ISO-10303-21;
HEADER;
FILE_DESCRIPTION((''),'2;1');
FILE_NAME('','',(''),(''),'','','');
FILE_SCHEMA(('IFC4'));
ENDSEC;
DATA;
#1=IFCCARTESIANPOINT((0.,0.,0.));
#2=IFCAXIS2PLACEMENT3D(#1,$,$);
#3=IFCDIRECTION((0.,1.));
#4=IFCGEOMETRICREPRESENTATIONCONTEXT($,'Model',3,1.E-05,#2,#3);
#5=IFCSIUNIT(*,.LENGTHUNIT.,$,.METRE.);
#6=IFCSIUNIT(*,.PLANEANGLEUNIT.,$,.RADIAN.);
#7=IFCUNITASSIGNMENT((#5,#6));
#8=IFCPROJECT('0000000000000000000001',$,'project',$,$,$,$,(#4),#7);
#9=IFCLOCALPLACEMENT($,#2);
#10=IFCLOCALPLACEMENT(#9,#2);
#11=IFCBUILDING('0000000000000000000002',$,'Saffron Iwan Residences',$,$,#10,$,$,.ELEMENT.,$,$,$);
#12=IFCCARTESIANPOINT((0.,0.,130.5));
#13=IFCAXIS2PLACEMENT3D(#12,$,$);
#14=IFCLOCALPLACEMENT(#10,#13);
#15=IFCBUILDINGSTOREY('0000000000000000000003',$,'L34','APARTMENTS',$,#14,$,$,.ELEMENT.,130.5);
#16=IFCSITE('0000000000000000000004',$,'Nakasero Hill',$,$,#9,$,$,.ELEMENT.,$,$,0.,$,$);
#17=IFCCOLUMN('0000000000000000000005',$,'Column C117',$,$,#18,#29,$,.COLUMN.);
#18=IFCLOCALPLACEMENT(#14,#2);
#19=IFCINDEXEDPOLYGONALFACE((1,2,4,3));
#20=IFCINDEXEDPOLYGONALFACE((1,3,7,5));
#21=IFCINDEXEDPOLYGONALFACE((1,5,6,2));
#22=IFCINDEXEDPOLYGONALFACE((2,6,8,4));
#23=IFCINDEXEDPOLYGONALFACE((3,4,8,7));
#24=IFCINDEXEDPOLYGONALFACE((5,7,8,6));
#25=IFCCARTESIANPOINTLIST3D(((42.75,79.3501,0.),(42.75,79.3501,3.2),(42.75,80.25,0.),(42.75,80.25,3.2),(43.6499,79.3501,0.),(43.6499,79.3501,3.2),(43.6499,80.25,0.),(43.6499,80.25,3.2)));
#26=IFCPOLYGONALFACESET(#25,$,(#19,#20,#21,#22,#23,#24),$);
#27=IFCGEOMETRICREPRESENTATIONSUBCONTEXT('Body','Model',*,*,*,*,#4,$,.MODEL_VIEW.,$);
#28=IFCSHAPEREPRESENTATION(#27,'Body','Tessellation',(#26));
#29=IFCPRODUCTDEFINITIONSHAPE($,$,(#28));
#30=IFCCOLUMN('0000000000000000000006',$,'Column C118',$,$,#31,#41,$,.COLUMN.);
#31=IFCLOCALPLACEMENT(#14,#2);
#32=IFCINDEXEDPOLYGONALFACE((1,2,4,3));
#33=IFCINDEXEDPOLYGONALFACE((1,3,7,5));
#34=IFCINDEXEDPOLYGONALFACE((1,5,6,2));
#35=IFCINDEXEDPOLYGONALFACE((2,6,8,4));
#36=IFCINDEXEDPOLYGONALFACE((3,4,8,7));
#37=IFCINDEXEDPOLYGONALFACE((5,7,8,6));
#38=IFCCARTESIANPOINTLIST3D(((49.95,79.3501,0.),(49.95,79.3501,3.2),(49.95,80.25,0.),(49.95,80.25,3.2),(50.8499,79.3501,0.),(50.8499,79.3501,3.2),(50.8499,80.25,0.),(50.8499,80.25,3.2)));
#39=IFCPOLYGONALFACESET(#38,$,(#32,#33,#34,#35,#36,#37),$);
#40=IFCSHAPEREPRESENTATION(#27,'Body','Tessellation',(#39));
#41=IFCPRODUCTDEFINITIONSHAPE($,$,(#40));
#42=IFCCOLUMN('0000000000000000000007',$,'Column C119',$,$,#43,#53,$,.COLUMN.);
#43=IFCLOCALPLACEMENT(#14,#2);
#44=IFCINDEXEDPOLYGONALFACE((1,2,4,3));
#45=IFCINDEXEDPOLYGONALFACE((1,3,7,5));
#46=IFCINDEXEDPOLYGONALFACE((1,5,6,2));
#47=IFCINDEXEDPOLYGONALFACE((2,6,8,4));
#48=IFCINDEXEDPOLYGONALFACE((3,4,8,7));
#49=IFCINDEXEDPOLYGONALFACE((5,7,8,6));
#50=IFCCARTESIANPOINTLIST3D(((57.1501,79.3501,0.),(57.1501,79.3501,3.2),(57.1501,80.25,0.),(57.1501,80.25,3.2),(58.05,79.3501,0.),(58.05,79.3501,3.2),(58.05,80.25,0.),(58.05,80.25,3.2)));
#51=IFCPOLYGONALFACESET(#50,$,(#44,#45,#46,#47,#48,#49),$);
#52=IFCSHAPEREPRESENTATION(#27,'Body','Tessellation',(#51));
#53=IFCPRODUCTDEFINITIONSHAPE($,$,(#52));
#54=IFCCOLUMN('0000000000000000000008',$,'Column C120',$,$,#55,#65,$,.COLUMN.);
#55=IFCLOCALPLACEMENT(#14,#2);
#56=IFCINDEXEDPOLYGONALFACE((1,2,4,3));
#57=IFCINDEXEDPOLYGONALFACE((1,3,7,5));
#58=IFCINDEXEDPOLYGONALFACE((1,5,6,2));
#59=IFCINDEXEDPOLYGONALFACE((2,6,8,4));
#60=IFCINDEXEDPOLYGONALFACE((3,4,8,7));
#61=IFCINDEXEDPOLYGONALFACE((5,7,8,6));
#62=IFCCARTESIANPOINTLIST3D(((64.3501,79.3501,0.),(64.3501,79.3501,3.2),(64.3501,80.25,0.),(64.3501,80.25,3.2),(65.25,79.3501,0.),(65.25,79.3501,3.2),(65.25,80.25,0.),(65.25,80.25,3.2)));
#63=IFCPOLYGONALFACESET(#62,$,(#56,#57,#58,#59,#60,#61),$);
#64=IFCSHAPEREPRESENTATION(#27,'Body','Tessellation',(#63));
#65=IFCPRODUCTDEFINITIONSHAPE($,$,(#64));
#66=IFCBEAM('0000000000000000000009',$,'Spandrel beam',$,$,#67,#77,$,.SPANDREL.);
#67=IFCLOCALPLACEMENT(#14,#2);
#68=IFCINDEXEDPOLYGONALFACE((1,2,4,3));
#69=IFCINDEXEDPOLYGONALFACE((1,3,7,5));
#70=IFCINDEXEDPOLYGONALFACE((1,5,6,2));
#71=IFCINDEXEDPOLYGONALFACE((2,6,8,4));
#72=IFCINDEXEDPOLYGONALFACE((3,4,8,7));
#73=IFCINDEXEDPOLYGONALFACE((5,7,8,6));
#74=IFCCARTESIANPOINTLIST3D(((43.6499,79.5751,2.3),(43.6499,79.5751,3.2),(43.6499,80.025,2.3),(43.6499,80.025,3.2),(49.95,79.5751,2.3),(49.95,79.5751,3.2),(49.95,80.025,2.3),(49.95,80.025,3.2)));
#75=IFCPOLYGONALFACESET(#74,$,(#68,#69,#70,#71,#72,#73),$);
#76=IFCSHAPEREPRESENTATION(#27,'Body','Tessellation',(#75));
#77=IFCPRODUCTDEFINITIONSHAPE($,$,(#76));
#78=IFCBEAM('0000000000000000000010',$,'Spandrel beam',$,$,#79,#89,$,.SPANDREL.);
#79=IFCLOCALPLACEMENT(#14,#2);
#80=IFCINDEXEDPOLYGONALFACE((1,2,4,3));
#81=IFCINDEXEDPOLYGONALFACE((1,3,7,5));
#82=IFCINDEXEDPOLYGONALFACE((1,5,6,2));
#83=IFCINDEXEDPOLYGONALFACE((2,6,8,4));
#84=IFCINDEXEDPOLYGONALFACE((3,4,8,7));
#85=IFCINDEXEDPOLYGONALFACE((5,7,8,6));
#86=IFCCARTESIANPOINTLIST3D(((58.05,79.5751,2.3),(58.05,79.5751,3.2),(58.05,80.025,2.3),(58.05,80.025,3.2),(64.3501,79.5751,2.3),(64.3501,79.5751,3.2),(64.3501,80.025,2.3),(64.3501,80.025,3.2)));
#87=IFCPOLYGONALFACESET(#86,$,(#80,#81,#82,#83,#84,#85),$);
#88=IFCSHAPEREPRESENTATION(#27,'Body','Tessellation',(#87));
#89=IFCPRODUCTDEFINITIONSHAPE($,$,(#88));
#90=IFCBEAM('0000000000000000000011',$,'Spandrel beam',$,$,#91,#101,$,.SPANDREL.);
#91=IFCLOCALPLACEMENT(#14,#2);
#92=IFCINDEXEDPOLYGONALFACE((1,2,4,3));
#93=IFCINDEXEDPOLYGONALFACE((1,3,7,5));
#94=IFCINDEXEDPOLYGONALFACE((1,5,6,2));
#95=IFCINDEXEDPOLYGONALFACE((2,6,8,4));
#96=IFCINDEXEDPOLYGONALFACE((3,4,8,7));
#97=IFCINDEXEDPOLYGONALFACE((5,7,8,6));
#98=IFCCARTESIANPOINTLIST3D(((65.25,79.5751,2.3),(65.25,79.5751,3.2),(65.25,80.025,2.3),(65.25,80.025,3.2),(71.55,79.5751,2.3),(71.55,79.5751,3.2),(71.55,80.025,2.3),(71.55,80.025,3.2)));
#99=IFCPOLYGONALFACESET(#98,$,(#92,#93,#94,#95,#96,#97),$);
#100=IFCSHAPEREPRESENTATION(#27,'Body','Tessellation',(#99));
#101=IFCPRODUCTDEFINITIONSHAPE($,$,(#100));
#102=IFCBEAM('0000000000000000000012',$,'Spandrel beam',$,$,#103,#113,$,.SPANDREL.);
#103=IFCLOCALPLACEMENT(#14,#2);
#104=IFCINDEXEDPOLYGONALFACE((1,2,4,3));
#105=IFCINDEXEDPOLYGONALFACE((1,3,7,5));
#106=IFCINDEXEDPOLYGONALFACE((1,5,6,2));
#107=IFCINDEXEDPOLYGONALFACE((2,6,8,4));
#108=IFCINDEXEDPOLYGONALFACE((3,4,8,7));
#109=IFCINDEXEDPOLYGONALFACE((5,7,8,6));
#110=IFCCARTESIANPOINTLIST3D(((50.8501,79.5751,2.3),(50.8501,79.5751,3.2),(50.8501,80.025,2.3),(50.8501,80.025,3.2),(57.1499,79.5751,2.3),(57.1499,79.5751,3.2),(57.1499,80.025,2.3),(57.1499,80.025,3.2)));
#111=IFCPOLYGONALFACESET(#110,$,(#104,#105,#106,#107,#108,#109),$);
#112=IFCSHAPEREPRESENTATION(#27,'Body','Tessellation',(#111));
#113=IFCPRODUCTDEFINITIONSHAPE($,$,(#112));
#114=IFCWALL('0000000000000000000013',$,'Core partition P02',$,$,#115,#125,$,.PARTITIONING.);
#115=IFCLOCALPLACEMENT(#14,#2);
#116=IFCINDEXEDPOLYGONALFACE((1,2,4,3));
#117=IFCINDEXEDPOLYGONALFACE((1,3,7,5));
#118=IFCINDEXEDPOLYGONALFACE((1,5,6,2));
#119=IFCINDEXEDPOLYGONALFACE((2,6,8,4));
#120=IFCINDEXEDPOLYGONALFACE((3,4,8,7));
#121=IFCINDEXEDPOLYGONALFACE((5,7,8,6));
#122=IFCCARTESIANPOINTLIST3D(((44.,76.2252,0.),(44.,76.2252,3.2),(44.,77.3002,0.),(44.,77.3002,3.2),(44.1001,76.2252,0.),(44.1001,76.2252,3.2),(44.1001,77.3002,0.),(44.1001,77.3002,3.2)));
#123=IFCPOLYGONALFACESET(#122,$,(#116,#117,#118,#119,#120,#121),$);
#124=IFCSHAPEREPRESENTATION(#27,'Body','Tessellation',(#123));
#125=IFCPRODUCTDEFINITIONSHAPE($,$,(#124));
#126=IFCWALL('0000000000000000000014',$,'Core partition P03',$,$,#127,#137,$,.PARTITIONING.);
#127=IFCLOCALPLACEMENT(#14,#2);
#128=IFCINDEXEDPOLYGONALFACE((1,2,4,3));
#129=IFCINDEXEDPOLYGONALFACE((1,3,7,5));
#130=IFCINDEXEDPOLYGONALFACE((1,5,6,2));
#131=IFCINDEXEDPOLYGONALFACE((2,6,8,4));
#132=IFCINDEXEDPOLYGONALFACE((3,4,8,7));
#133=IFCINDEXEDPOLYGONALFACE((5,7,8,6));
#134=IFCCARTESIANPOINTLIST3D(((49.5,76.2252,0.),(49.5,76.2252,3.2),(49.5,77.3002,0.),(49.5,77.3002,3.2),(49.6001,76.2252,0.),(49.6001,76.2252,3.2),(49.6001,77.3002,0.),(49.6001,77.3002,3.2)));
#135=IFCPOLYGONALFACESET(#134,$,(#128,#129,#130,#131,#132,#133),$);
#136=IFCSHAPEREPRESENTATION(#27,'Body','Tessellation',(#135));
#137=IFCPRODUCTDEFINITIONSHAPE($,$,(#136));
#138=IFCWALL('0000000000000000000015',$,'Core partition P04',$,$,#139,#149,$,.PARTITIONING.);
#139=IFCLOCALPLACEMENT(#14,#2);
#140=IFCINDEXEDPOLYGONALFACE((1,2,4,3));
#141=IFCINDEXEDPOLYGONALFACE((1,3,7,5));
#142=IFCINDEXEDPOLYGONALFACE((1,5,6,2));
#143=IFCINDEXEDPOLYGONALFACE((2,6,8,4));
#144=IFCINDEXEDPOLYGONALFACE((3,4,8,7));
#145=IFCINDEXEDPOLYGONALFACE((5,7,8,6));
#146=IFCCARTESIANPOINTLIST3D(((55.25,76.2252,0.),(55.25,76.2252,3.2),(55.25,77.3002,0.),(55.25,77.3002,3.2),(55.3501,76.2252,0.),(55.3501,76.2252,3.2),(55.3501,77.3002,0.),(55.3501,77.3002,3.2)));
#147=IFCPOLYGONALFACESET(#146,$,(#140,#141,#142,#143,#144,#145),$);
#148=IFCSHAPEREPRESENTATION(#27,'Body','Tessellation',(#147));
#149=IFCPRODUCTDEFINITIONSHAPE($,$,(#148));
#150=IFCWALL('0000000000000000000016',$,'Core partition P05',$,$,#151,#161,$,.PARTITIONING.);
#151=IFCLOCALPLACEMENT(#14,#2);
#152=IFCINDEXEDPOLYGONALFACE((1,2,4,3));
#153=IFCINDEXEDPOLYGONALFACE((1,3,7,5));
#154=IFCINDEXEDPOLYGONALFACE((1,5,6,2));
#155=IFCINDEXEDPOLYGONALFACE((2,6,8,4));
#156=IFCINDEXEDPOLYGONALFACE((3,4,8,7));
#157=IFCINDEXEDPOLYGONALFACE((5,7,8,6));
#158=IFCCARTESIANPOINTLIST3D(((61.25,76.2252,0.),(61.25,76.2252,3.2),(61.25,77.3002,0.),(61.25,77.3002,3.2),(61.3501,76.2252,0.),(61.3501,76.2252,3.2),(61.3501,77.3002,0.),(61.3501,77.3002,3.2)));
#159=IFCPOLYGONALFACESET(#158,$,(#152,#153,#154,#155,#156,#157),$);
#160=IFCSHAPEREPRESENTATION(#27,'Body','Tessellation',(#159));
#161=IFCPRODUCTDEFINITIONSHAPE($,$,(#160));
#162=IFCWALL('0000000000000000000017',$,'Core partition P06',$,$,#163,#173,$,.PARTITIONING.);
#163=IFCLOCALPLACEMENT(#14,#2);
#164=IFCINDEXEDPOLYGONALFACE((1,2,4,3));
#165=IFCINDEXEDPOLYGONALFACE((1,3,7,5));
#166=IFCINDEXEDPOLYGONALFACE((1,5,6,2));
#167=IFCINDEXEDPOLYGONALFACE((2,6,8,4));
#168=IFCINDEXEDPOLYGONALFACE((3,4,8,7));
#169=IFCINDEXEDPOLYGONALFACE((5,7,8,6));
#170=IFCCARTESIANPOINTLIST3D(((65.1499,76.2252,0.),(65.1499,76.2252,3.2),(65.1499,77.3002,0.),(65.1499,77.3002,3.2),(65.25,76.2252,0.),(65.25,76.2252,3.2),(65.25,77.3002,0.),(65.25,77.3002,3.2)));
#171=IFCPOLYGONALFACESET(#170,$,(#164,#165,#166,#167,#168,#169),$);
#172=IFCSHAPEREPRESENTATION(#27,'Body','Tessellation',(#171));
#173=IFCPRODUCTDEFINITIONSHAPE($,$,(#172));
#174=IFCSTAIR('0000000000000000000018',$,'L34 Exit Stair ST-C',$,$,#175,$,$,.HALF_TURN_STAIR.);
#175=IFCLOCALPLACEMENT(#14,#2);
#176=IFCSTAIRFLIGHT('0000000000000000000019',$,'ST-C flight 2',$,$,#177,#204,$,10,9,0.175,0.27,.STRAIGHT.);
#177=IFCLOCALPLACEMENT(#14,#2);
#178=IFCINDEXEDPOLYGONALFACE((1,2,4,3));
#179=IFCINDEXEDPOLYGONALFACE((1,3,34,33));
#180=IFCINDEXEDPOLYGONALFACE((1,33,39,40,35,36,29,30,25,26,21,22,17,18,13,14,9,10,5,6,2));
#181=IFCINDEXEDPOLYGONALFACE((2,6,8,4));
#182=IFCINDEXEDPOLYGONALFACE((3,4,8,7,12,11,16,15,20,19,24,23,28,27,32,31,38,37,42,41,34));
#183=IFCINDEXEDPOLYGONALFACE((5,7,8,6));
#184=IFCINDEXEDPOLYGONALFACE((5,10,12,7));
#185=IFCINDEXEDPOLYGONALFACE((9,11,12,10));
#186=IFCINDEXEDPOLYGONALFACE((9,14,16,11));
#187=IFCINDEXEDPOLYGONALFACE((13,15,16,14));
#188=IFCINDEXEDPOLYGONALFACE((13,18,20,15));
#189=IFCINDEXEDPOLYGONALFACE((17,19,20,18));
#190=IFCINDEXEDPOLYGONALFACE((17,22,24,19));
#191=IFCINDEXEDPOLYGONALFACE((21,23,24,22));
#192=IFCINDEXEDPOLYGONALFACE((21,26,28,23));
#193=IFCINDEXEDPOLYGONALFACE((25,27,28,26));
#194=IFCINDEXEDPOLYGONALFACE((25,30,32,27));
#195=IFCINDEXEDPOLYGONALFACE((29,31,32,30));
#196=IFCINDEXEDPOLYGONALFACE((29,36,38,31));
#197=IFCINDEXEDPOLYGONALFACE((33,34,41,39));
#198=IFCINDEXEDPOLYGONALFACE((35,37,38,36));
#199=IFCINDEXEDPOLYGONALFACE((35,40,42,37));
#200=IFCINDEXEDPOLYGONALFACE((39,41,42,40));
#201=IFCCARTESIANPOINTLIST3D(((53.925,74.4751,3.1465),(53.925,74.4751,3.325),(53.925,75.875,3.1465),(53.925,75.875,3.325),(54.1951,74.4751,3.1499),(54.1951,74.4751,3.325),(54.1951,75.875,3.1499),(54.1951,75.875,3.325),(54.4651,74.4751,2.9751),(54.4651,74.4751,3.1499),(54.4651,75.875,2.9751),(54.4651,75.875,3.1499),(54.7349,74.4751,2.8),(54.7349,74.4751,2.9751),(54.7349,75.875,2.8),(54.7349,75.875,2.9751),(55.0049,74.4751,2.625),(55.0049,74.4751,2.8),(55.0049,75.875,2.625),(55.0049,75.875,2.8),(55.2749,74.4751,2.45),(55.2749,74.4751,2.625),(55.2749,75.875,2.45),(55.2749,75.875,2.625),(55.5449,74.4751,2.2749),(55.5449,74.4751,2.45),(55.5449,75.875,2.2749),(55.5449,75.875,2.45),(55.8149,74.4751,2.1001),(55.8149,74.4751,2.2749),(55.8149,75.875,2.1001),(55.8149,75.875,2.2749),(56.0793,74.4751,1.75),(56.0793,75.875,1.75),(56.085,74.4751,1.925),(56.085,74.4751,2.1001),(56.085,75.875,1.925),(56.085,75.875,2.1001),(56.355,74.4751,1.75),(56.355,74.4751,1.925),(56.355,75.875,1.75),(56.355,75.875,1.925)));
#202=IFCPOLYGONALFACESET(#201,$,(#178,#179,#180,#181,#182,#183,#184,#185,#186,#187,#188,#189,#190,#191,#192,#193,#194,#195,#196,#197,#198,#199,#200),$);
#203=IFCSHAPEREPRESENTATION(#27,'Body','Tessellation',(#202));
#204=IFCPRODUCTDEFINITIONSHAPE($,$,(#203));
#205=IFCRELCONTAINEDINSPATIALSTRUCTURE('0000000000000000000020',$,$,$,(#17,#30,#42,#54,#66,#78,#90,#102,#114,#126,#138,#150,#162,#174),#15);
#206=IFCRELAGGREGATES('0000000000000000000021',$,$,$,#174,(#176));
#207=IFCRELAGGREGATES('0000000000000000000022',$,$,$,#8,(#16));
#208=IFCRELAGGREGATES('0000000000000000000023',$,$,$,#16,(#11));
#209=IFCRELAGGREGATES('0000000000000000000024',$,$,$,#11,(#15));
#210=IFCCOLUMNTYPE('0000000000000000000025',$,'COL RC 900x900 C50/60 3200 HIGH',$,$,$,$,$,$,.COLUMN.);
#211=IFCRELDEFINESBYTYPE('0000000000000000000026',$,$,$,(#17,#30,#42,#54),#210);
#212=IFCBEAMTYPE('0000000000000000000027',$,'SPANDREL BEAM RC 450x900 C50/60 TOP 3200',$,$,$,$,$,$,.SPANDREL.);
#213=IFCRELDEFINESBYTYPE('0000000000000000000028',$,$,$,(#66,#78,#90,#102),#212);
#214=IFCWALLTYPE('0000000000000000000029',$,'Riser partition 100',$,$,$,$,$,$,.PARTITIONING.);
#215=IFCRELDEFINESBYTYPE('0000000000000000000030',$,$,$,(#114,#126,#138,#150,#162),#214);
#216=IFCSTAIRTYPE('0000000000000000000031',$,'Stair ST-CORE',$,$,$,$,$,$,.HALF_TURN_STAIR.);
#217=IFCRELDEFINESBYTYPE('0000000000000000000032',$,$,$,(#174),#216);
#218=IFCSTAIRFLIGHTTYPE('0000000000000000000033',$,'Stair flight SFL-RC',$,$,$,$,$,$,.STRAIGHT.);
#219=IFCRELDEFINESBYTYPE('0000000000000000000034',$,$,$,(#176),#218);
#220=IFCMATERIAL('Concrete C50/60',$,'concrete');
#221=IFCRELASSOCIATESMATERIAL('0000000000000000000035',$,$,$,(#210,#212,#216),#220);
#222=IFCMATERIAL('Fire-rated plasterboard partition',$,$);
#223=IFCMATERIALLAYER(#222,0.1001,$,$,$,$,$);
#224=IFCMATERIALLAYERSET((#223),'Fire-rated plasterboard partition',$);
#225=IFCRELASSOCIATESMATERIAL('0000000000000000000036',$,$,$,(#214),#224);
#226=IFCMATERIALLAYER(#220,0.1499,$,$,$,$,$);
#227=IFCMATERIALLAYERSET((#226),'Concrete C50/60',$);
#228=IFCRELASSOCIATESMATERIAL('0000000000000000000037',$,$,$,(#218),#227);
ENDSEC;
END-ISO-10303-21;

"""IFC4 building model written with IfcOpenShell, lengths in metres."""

from ifc_helpers import new_model, si_unit, direction, frame, frame_2d, origin, origin_2d, place, context, subcontext, project, spatial, polyline, rectangle, outline, extrude, source, transform, mapped, material, layer, layer_set, material_profile, profile_set, type_object, element, aggregate, save


model = new_model("IFC4")

# Units and contexts
model_context = context("Model", 3, precision=1e-05, world=origin(), true_north=direction((0.0, 1.0)))
body_context = subcontext(model_context, "Body", "Model", "MODEL_VIEW")
ifc_project = project(units=[si_unit("LENGTHUNIT", "METRE"), si_unit("PLANEANGLEUNIT", "RADIAN")], contexts=[model_context])

# Site, building, storey
site_placement = place(None, origin())
site = spatial("IfcSite", under=ifc_project, at=site_placement, Name="Nakasero Hill", CompositionType="ELEMENT", RefElevation=0.0)
building_placement = place(site_placement, origin())
building = spatial("IfcBuilding", under=site, at=building_placement, Name="Saffron Iwan Residences", CompositionType="ELEMENT")
storey_placement = place(building_placement, frame((0.0, 0.0, 130.5)))
storey = spatial("IfcBuildingStorey", under=building, at=storey_placement, Name="L34", Description="APARTMENTS", CompositionType="ELEMENT", Elevation=130.5)

# Columns
ifc_material_1 = material(Name="Concrete C50/60", Category="concrete")
ifc_material_profile_1 = material_profile(ifc_material_1, rectangle(XDim=0.8999, YDim=0.8999, at=origin_2d()), Name="RC 900x900")
ifc_profile_set_1 = profile_set([ifc_material_profile_1], Name="Concrete C50/60")
column_type = type_object("IfcColumnType", Name="COL RC 900x900 C50/60 3200 HIGH", PredefinedType="COLUMN", material=ifc_profile_set_1)
shared_shape_1 = source(origin(), body_context, "Body", "SweptSolid", [
    extrude(rectangle(XDim=0.8999, YDim=0.8999, at=origin_2d()), origin(), (0.0, 0.0, 1.0), 3.2),
])
for number, where, z_axis, x_axis, name in (
    (1, (43.2, 79.8, 0.0), (0.0, 0.0, 1.0), (1.0, 0.0, 0.0), "Column C117"),
    (2, (50.3999, 79.8, 0.0), (0.0, 0.0, 1.0), (1.0, 0.0, 0.0), "Column C118"),
    (3, (57.6001, 79.8, 0.0), (0.0, 0.0, 1.0), (1.0, 0.0, 0.0), "Column C119"),
    (4, (64.8, 79.8, 0.0), (0.0, 0.0, 1.0), (1.0, 0.0, 0.0), "Column C120"),
):
    element("IfcColumn", number, at=place(storey_placement, frame(where, z_axis=z_axis, x_axis=x_axis)), inside=storey, type_object=column_type, Name=name, PredefinedType="COLUMN", context=body_context, shape_type="MappedRepresentation", body=[
        mapped(shared_shape_1, transform((0.0, 0.0, 0.0))),
    ])

# Beams
ifc_material_profile_2 = material_profile(ifc_material_1, rectangle(XDim=0.45, YDim=0.8999, at=origin_2d()), Name="RC 450x900")
ifc_profile_set_2 = profile_set([ifc_material_profile_2], Name="Concrete C50/60")
beam_type = type_object("IfcBeamType", Name="SPANDREL BEAM RC 450x900 C50/60 TOP 3200", PredefinedType="SPANDREL", material=ifc_profile_set_2)
shared_shape_2 = source(origin(), body_context, "Body", "SweptSolid", [
    extrude(rectangle(XDim=0.45, YDim=0.8999, at=origin_2d()), origin(), (0.0, 0.0, 1.0), 6.3),
])
for number, where, z_axis, x_axis, name in (
    (5, (43.6499, 79.8, 2.75), (1.0, 0.0, 0.0), (0.0, 1.0, 0.0), "Spandrel beam"),
    (6, (58.05, 79.8, 2.75), (1.0, 0.0, 0.0), (0.0, 1.0, 0.0), "Spandrel beam"),
    (7, (65.25, 79.8, 2.75), (1.0, 0.0, 0.0), (0.0, 1.0, 0.0), "Spandrel beam"),
):
    element("IfcBeam", number, at=place(storey_placement, frame(where, z_axis=z_axis, x_axis=x_axis)), inside=storey, type_object=beam_type, Name=name, PredefinedType="SPANDREL", context=body_context, shape_type="MappedRepresentation", body=[
        mapped(shared_shape_2, transform((0.0, 0.0, 0.0))),
    ])
shared_shape_3 = source(origin(), body_context, "Body", "SweptSolid", [
    extrude(rectangle(XDim=0.45, YDim=0.8999, at=origin_2d()), origin(), (0.0, 0.0, 1.0), 6.2998),
])
beam_placement = place(storey_placement, frame((50.8501, 79.8, 2.75), z_axis=(1.0, 0.0, 0.0), x_axis=(0.0, 1.0, 0.0)))
element("IfcBeam", 8, at=beam_placement, inside=storey, type_object=beam_type, Name="Spandrel beam", PredefinedType="SPANDREL", context=body_context, shape_type="MappedRepresentation", body=[
    mapped(shared_shape_3, transform((0.0, 0.0, 0.0))),
])

# Walls
ifc_material_2 = material(Name="Fire-rated plasterboard partition")
ifc_layer_1 = layer(ifc_material_2, 0.1001)
ifc_layer_set_1 = layer_set([ifc_layer_1], Name="Fire-rated plasterboard partition")
wall_type = type_object("IfcWallType", Name="Riser partition 100", PredefinedType="PARTITIONING", material=ifc_layer_set_1)
for number, where, z_axis, x_axis, name in (
    (9, (44.05, 76.2251, 0.0), (0.0, 0.0, 1.0), (0.0, 1.0, 0.0), "Core partition P02"),
    (10, (49.55, 76.2251, 0.0), (0.0, 0.0, 1.0), (0.0, 1.0, 0.0), "Core partition P03"),
    (11, (55.3, 76.2251, 0.0), (0.0, 0.0, 1.0), (0.0, 1.0, 0.0), "Core partition P04"),
    (12, (61.3, 76.2251, 0.0), (0.0, 0.0, 1.0), (0.0, 1.0, 0.0), "Core partition P05"),
    (13, (65.2, 76.2251, 0.0), (0.0, 0.0, 1.0), (0.0, 1.0, 0.0), "Core partition P06"),
):
    element("IfcWall", number, at=place(storey_placement, frame(where, z_axis=z_axis, x_axis=x_axis)), inside=storey, type_object=wall_type, Name=name, PredefinedType="PARTITIONING", context=body_context, shape_type="SweptSolid", body=[
        extrude(rectangle(XDim=1.075, YDim=0.1001, at=frame_2d((0.5376, 0.0))), origin(), (0.0, 0.0, 1.0), 3.2),
    ])

# Stair, stair flight
stair_type = type_object("IfcStairType", Name="Stair ST-CORE", PredefinedType="HALF_TURN_STAIR", material=ifc_material_1)
stair_placement = place(storey_placement, origin())
stair = element("IfcStair", 14, at=stair_placement, inside=storey, type_object=stair_type, Name="L34 Exit Stair ST-C", PredefinedType="HALF_TURN_STAIR")
ifc_layer_2 = layer(ifc_material_1, 0.1499)
ifc_layer_set_2 = layer_set([ifc_layer_2], Name="Concrete C50/60")
stair_flight_type = type_object("IfcStairFlightType", Name="Stair flight SFL-RC", PredefinedType="STRAIGHT", material=ifc_layer_set_2)
stair_flight_placement = place(storey_placement, frame((56.355, 75.175, 1.75), z_axis=(0.0, 0.0, 1.0), x_axis=(-1.0, 0.0, 0.0)))
stair_flight = element("IfcStairFlight", 15, at=stair_flight_placement, type_object=stair_flight_type, Name="ST-C flight 2", NumberOfRisers=10, NumberOfTreads=9, PredefinedType="STRAIGHT", RiserHeight=0.175, TreadLength=0.27, context=body_context, shape_type="SweptSolid", body=[
    extrude(outline(polyline([(0.0, 0.0), (0.0, 0.175), (0.27, 0.175), (0.27, 0.3501), (0.54, 0.3501), (0.54, 0.5249), (0.8101, 0.5249), (0.8101, 0.7), (1.0801, 0.7), (1.0801, 0.875), (1.3501, 0.875), (1.3501, 1.05), (1.6201, 1.05), (1.6201, 1.2251), (1.8899, 1.2251), (1.8899, 1.3999), (2.1599, 1.3999), (2.1599, 1.575), (2.4299, 1.575), (2.4299, 1.75), (2.4299, 1.3965), (0.2756, 0.0), (0.0, 0.0)])), frame((0.0, 0.7, 0.0), z_axis=(0.0, -1.0, 0.0), x_axis=(1.0, 0.0, 0.0)), (0.0, 0.0, 1.0), 1.3999),
])
aggregate(stair, [stair_flight])

save(model, "model.ifc")
